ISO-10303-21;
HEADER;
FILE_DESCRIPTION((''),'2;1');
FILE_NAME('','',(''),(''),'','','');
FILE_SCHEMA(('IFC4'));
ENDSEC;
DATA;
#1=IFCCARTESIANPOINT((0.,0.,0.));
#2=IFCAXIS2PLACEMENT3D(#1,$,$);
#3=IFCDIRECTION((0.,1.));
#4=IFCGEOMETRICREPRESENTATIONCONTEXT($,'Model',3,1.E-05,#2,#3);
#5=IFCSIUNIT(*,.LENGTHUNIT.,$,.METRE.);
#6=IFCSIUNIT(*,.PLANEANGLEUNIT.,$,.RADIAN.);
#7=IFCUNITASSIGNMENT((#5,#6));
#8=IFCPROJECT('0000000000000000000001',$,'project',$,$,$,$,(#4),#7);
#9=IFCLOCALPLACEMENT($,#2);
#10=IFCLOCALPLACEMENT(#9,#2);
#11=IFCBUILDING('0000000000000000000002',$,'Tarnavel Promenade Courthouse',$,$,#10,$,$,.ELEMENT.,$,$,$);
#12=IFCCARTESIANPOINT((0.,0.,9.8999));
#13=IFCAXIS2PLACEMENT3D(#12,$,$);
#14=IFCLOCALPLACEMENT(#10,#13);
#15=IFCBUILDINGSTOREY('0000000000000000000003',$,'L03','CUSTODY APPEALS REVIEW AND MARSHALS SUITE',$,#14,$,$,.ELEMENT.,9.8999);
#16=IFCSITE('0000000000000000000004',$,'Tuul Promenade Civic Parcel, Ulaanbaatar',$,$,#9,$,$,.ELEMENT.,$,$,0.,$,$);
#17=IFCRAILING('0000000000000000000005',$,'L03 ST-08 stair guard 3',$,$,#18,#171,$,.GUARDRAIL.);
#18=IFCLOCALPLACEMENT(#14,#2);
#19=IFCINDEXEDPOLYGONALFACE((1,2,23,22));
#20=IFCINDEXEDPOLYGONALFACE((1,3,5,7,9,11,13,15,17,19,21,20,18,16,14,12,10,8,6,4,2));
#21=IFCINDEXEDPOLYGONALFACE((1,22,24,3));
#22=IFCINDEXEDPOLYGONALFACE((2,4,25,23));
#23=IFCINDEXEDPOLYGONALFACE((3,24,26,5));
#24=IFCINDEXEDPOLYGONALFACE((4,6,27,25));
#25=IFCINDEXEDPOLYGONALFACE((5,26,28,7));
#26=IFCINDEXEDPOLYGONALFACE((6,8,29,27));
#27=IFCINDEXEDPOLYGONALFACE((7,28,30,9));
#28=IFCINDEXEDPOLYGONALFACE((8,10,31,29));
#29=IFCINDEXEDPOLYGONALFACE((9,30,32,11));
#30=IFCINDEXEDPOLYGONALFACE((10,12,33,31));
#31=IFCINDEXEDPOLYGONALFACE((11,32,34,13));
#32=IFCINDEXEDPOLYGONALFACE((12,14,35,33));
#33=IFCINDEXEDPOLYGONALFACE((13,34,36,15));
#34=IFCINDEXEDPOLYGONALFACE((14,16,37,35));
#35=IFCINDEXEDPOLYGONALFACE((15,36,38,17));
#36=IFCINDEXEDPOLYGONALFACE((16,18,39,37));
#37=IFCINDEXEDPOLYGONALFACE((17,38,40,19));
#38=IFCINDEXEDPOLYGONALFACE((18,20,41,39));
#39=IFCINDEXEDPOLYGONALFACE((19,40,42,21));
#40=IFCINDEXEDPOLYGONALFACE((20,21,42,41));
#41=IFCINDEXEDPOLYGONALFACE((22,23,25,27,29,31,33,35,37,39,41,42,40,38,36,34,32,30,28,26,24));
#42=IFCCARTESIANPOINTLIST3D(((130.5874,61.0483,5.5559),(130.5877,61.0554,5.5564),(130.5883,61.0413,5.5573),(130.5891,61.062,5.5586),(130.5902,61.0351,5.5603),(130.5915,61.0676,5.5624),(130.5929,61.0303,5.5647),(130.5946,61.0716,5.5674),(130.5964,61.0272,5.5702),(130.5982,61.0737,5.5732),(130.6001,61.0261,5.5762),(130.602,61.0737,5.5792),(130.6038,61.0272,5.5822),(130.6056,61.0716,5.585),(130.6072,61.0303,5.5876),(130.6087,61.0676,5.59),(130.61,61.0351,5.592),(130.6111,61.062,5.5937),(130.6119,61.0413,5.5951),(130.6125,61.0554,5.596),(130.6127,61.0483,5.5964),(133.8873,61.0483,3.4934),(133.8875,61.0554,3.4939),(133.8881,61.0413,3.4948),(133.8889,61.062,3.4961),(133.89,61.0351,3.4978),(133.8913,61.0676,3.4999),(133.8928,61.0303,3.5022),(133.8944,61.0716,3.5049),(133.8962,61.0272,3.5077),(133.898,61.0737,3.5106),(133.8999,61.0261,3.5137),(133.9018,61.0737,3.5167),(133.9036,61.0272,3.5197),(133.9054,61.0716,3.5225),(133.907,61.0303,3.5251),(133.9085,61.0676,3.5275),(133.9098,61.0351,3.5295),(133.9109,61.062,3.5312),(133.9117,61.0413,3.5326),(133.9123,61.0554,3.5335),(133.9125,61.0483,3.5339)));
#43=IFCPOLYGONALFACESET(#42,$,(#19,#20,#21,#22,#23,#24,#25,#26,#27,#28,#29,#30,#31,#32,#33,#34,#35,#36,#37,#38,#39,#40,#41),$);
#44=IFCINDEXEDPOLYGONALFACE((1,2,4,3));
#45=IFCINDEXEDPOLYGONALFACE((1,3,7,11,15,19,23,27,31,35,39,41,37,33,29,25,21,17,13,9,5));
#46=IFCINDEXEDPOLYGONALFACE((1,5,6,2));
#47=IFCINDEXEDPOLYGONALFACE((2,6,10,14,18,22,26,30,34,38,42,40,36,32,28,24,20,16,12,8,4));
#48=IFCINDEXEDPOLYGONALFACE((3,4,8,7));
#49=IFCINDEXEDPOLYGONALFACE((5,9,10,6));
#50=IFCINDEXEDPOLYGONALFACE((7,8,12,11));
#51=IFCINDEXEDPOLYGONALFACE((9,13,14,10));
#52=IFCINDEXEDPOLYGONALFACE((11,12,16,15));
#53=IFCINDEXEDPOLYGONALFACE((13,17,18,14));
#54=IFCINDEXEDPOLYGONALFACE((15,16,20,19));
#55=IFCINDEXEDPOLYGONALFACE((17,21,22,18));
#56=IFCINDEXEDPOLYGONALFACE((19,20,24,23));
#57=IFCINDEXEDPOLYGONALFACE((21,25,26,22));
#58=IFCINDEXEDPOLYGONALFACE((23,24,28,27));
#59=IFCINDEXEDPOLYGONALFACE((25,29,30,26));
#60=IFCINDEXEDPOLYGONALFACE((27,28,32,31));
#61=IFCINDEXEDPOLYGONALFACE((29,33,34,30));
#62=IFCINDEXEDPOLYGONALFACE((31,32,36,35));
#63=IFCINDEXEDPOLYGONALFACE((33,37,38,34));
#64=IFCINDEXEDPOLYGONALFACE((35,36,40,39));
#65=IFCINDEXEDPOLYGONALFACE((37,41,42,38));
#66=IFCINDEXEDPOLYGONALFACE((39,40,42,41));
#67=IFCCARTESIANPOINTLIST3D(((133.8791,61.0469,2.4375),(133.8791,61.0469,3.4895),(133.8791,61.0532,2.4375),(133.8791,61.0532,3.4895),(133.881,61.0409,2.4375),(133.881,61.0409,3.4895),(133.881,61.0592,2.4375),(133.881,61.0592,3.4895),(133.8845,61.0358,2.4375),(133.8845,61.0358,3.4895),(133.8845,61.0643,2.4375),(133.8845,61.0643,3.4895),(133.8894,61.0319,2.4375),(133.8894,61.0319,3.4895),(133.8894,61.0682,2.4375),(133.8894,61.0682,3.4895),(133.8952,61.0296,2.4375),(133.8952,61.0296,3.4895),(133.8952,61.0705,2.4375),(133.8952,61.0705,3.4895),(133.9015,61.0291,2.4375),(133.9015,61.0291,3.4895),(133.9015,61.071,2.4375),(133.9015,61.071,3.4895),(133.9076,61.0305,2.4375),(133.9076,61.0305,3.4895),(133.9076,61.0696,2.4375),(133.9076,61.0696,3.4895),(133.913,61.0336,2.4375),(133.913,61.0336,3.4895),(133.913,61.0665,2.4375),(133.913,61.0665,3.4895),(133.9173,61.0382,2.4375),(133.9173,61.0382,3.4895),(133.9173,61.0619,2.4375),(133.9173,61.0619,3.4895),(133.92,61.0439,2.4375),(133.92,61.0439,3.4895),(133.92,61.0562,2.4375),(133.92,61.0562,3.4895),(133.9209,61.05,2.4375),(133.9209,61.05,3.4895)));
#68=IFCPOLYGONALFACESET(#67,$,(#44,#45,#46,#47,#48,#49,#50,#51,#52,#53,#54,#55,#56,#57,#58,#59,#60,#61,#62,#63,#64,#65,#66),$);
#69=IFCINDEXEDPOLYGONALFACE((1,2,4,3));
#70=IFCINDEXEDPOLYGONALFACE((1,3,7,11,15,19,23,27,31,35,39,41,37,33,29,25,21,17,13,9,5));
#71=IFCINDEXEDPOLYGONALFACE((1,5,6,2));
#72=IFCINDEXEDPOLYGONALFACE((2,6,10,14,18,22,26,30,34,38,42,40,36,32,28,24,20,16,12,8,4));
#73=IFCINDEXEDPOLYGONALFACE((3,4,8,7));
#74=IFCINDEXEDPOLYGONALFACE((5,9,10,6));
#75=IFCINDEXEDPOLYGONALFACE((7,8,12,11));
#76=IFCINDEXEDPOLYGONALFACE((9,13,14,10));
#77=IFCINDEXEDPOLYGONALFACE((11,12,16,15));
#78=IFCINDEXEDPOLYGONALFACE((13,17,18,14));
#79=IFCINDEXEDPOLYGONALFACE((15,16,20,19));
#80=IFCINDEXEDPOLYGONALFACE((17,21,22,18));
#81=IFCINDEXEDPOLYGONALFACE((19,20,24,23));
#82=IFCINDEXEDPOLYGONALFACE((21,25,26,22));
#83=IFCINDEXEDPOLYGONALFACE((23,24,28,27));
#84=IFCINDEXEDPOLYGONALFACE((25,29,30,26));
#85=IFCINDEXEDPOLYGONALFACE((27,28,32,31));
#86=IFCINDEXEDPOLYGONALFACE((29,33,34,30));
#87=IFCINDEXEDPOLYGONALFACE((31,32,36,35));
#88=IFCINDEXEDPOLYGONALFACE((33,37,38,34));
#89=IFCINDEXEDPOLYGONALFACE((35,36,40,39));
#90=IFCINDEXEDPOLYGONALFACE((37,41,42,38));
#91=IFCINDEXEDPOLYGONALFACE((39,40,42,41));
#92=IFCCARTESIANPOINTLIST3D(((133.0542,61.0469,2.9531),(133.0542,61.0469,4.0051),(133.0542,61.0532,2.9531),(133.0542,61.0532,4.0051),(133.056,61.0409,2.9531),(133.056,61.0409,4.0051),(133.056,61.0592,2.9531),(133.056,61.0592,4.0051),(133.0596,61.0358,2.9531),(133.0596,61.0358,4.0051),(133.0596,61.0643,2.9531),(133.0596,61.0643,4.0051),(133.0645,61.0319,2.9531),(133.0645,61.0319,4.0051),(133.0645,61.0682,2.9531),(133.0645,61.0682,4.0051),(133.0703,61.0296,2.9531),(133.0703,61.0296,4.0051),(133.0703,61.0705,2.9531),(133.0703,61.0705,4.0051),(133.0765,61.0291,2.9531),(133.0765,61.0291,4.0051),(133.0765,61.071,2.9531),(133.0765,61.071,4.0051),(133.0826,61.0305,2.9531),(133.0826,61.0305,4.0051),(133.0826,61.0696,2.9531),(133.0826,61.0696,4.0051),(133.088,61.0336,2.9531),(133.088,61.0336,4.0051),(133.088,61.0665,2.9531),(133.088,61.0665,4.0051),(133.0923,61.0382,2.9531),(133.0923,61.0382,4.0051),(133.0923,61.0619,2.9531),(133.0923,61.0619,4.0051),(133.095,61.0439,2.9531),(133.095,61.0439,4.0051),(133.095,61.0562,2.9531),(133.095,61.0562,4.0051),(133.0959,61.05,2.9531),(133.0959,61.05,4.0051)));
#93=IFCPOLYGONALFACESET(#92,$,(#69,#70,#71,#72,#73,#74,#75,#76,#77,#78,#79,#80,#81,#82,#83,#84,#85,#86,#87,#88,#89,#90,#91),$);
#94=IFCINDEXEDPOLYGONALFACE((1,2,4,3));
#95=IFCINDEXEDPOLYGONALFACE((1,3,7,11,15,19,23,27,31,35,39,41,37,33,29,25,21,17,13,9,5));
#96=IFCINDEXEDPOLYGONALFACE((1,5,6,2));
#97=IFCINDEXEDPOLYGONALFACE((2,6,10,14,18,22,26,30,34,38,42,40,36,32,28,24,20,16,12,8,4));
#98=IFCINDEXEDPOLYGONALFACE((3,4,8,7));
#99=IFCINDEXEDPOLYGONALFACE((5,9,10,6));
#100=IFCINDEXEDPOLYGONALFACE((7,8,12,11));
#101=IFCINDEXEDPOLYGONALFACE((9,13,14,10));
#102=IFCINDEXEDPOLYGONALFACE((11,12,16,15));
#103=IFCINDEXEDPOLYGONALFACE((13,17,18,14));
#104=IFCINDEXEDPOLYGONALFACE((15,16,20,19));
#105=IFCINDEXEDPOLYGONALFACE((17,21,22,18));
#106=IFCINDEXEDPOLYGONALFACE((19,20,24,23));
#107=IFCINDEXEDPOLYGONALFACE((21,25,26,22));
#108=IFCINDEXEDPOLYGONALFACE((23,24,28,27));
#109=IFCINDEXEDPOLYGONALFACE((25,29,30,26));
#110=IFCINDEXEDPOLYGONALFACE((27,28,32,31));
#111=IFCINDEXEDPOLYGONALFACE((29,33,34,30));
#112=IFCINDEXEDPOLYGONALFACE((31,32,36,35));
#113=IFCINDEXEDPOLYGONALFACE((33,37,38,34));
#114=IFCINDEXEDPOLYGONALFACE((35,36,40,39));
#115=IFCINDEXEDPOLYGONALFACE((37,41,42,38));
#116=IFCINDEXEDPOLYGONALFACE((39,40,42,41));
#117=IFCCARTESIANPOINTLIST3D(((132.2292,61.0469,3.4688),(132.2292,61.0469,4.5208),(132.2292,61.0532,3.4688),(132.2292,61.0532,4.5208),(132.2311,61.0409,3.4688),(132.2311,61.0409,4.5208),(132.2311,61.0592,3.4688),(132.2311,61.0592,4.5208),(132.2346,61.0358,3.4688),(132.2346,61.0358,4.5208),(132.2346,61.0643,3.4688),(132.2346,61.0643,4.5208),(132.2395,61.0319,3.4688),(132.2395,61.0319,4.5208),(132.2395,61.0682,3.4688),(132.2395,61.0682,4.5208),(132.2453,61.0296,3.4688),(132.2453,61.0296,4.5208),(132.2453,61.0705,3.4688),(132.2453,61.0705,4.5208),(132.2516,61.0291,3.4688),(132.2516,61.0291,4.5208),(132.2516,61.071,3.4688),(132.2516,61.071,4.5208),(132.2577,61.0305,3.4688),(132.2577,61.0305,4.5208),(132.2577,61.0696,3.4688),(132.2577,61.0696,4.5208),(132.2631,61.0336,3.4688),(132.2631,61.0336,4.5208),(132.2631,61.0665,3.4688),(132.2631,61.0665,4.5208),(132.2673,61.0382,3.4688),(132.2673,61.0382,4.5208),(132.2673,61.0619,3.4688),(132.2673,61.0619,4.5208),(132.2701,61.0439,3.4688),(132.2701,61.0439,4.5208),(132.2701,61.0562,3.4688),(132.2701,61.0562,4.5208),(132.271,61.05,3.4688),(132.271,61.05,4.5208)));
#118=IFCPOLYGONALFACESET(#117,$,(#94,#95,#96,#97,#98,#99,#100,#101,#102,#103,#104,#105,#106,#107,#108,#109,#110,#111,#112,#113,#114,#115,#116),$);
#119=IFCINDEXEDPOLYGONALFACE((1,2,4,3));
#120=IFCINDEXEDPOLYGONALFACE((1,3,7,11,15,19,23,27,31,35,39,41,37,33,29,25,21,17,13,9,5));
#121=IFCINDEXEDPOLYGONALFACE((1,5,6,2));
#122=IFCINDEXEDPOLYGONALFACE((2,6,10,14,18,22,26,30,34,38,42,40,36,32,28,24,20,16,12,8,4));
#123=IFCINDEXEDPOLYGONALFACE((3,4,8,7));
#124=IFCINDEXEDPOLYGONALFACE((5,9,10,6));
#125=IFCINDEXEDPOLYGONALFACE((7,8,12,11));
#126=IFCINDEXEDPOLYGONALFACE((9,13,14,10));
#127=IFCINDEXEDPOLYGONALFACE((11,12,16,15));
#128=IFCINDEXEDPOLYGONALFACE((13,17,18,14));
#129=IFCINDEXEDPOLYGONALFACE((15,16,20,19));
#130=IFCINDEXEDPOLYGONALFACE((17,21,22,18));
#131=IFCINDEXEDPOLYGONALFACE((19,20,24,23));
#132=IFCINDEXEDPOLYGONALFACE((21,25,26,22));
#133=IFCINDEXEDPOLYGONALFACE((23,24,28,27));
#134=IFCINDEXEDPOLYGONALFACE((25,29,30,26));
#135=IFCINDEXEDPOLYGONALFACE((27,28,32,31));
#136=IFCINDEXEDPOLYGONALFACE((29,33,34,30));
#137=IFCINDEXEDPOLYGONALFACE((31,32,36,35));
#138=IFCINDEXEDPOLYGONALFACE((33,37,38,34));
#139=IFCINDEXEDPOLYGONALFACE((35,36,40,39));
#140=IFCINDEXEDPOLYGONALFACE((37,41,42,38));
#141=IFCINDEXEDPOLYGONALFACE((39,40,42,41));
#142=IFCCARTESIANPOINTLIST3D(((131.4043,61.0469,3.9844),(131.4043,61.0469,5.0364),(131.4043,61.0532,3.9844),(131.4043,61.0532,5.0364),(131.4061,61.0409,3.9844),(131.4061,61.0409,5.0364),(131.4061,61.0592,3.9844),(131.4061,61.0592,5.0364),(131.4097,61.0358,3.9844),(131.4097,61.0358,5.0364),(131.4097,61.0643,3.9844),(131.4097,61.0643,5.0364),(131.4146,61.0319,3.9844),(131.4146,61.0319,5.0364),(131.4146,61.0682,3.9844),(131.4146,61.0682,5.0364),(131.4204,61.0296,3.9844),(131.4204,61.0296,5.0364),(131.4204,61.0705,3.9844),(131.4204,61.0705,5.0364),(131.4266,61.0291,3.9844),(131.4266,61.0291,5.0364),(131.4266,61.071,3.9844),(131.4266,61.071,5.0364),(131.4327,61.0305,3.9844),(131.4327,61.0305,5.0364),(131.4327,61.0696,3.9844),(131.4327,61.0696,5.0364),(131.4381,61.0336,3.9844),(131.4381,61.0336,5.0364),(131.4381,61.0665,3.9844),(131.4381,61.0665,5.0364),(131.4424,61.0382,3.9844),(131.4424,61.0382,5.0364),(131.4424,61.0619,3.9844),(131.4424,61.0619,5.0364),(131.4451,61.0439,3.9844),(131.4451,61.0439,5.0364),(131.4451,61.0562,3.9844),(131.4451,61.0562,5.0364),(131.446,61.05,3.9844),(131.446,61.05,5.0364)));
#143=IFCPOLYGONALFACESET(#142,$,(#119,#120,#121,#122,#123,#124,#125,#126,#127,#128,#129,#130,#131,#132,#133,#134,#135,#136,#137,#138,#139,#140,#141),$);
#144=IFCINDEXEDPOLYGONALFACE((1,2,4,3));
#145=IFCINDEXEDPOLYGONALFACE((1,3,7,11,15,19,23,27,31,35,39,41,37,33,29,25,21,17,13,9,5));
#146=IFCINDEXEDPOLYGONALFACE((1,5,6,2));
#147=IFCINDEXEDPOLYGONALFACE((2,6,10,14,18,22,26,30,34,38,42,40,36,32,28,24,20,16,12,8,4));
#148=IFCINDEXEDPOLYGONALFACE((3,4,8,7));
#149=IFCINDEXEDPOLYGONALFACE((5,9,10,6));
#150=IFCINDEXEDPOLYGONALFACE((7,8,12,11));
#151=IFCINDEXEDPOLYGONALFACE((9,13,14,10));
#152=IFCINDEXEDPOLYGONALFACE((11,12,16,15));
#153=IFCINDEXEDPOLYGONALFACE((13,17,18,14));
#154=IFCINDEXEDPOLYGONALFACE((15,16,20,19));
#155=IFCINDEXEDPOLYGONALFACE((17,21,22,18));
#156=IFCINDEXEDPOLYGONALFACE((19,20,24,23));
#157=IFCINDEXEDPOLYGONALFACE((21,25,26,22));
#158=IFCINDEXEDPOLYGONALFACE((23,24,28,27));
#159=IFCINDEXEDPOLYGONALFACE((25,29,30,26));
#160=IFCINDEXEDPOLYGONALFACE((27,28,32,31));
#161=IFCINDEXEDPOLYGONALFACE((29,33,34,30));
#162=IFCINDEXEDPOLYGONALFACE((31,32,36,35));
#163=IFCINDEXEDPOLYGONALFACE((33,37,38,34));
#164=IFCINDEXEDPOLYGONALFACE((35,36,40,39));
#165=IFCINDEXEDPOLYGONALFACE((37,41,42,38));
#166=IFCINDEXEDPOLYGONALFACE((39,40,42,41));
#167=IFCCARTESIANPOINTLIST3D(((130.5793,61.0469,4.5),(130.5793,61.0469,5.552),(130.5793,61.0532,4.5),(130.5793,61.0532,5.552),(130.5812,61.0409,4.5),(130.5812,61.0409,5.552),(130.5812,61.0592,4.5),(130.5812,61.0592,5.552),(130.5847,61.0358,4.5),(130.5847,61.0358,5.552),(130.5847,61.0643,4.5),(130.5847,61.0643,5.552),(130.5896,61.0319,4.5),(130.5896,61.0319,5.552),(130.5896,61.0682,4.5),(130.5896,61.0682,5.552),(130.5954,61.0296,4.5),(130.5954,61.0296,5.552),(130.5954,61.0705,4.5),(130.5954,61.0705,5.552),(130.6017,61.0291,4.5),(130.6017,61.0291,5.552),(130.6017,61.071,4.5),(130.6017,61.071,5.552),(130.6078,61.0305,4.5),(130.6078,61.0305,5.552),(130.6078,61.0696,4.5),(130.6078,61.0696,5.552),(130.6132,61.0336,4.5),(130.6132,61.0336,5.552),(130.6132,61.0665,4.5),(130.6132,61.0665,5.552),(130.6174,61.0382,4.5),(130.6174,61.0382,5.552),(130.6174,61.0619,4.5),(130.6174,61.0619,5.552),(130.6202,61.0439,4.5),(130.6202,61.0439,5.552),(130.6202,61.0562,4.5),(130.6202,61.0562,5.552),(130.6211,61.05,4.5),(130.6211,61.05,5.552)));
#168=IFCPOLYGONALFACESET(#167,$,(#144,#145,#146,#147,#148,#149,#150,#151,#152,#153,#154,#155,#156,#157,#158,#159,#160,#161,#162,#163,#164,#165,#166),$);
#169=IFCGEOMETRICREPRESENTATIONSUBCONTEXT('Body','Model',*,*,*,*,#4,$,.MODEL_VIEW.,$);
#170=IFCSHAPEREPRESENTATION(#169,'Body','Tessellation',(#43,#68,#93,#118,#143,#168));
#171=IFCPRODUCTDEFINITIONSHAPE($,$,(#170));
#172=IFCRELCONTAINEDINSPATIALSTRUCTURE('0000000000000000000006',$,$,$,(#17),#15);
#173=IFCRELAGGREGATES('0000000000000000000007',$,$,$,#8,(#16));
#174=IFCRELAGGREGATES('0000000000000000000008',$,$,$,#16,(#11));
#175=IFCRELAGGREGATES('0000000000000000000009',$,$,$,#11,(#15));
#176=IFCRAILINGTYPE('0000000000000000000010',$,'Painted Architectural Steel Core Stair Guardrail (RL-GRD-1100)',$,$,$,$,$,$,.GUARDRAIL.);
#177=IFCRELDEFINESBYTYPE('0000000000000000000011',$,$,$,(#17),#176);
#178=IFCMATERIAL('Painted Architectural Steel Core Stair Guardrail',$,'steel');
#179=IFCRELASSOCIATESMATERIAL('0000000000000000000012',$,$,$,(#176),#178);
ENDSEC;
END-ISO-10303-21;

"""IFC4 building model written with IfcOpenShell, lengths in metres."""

from ifc_helpers import new_model, si_unit, direction, frame, origin, origin_2d, place, context, subcontext, project, spatial, circle, extrude, material, type_object, element, save


model = new_model("IFC4")

# Units and contexts
model_context = context("Model", 3, precision=1e-05, world=origin(), true_north=direction((0.0, 1.0)))
body_context = subcontext(model_context, "Body", "Model", "MODEL_VIEW")
ifc_project = project(units=[si_unit("LENGTHUNIT", "METRE"), si_unit("PLANEANGLEUNIT", "RADIAN")], contexts=[model_context])

# Site, building, storey
site_placement = place(None, origin())
site = spatial("IfcSite", under=ifc_project, at=site_placement, Name="Tuul Promenade Civic Parcel, Ulaanbaatar", CompositionType="ELEMENT", RefElevation=0.0)
building_placement = place(site_placement, origin())
building = spatial("IfcBuilding", under=site, at=building_placement, Name="Tarnavel Promenade Courthouse", CompositionType="ELEMENT")
storey_placement = place(building_placement, frame((0.0, 0.0, 9.8999)))
storey = spatial("IfcBuildingStorey", under=building, at=storey_placement, Name="L03", Description="CUSTODY APPEALS REVIEW AND MARSHALS SUITE", CompositionType="ELEMENT", Elevation=9.8999)

# Railing
ifc_material_1 = material(Name="Painted Architectural Steel Core Stair Guardrail", Category="steel")
railing_type_1 = type_object("IfcRailingType", Name="Painted Architectural Steel Core Stair Guardrail (RL-GRD-1100)", PredefinedType="GUARDRAIL", material=ifc_material_1)
railing_1_placement = place(storey_placement, frame((133.8999, 61.05, 2.4375)))
element("IfcRailing", 1, at=railing_1_placement, inside=storey, type_object=railing_type_1, Name="L03 ST-08 stair guard 3", PredefinedType="GUARDRAIL", context=body_context, shape_type="SweptSolid", body=[
    extrude(circle(Radius=0.0239, at=origin_2d()), frame((0.0, 0.0, 1.0762), z_axis=(-0.847984, 0.0, 0.530021), x_axis=(0.0, -1.0, 0.0)), (0.0, 0.0, 1.0), 3.8914),
    extrude(circle(Radius=0.021, at=origin_2d()), origin(), (0.0, 0.0, 1.0), 1.052),
    extrude(circle(Radius=0.021, at=origin_2d()), frame((-0.825, 0.0, 0.5156)), (0.0, 0.0, 1.0), 1.052),
    extrude(circle(Radius=0.021, at=origin_2d()), frame((-1.6499, 0.0, 1.0312)), (0.0, 0.0, 1.0), 1.052),
    extrude(circle(Radius=0.021, at=origin_2d()), frame((-2.4749, 0.0, 1.5469)), (0.0, 0.0, 1.0), 1.052),
    extrude(circle(Radius=0.021, at=origin_2d()), frame((-3.2998, 0.0, 2.0625)), (0.0, 0.0, 1.0), 1.052),
])

save(model, "model.ifc")
